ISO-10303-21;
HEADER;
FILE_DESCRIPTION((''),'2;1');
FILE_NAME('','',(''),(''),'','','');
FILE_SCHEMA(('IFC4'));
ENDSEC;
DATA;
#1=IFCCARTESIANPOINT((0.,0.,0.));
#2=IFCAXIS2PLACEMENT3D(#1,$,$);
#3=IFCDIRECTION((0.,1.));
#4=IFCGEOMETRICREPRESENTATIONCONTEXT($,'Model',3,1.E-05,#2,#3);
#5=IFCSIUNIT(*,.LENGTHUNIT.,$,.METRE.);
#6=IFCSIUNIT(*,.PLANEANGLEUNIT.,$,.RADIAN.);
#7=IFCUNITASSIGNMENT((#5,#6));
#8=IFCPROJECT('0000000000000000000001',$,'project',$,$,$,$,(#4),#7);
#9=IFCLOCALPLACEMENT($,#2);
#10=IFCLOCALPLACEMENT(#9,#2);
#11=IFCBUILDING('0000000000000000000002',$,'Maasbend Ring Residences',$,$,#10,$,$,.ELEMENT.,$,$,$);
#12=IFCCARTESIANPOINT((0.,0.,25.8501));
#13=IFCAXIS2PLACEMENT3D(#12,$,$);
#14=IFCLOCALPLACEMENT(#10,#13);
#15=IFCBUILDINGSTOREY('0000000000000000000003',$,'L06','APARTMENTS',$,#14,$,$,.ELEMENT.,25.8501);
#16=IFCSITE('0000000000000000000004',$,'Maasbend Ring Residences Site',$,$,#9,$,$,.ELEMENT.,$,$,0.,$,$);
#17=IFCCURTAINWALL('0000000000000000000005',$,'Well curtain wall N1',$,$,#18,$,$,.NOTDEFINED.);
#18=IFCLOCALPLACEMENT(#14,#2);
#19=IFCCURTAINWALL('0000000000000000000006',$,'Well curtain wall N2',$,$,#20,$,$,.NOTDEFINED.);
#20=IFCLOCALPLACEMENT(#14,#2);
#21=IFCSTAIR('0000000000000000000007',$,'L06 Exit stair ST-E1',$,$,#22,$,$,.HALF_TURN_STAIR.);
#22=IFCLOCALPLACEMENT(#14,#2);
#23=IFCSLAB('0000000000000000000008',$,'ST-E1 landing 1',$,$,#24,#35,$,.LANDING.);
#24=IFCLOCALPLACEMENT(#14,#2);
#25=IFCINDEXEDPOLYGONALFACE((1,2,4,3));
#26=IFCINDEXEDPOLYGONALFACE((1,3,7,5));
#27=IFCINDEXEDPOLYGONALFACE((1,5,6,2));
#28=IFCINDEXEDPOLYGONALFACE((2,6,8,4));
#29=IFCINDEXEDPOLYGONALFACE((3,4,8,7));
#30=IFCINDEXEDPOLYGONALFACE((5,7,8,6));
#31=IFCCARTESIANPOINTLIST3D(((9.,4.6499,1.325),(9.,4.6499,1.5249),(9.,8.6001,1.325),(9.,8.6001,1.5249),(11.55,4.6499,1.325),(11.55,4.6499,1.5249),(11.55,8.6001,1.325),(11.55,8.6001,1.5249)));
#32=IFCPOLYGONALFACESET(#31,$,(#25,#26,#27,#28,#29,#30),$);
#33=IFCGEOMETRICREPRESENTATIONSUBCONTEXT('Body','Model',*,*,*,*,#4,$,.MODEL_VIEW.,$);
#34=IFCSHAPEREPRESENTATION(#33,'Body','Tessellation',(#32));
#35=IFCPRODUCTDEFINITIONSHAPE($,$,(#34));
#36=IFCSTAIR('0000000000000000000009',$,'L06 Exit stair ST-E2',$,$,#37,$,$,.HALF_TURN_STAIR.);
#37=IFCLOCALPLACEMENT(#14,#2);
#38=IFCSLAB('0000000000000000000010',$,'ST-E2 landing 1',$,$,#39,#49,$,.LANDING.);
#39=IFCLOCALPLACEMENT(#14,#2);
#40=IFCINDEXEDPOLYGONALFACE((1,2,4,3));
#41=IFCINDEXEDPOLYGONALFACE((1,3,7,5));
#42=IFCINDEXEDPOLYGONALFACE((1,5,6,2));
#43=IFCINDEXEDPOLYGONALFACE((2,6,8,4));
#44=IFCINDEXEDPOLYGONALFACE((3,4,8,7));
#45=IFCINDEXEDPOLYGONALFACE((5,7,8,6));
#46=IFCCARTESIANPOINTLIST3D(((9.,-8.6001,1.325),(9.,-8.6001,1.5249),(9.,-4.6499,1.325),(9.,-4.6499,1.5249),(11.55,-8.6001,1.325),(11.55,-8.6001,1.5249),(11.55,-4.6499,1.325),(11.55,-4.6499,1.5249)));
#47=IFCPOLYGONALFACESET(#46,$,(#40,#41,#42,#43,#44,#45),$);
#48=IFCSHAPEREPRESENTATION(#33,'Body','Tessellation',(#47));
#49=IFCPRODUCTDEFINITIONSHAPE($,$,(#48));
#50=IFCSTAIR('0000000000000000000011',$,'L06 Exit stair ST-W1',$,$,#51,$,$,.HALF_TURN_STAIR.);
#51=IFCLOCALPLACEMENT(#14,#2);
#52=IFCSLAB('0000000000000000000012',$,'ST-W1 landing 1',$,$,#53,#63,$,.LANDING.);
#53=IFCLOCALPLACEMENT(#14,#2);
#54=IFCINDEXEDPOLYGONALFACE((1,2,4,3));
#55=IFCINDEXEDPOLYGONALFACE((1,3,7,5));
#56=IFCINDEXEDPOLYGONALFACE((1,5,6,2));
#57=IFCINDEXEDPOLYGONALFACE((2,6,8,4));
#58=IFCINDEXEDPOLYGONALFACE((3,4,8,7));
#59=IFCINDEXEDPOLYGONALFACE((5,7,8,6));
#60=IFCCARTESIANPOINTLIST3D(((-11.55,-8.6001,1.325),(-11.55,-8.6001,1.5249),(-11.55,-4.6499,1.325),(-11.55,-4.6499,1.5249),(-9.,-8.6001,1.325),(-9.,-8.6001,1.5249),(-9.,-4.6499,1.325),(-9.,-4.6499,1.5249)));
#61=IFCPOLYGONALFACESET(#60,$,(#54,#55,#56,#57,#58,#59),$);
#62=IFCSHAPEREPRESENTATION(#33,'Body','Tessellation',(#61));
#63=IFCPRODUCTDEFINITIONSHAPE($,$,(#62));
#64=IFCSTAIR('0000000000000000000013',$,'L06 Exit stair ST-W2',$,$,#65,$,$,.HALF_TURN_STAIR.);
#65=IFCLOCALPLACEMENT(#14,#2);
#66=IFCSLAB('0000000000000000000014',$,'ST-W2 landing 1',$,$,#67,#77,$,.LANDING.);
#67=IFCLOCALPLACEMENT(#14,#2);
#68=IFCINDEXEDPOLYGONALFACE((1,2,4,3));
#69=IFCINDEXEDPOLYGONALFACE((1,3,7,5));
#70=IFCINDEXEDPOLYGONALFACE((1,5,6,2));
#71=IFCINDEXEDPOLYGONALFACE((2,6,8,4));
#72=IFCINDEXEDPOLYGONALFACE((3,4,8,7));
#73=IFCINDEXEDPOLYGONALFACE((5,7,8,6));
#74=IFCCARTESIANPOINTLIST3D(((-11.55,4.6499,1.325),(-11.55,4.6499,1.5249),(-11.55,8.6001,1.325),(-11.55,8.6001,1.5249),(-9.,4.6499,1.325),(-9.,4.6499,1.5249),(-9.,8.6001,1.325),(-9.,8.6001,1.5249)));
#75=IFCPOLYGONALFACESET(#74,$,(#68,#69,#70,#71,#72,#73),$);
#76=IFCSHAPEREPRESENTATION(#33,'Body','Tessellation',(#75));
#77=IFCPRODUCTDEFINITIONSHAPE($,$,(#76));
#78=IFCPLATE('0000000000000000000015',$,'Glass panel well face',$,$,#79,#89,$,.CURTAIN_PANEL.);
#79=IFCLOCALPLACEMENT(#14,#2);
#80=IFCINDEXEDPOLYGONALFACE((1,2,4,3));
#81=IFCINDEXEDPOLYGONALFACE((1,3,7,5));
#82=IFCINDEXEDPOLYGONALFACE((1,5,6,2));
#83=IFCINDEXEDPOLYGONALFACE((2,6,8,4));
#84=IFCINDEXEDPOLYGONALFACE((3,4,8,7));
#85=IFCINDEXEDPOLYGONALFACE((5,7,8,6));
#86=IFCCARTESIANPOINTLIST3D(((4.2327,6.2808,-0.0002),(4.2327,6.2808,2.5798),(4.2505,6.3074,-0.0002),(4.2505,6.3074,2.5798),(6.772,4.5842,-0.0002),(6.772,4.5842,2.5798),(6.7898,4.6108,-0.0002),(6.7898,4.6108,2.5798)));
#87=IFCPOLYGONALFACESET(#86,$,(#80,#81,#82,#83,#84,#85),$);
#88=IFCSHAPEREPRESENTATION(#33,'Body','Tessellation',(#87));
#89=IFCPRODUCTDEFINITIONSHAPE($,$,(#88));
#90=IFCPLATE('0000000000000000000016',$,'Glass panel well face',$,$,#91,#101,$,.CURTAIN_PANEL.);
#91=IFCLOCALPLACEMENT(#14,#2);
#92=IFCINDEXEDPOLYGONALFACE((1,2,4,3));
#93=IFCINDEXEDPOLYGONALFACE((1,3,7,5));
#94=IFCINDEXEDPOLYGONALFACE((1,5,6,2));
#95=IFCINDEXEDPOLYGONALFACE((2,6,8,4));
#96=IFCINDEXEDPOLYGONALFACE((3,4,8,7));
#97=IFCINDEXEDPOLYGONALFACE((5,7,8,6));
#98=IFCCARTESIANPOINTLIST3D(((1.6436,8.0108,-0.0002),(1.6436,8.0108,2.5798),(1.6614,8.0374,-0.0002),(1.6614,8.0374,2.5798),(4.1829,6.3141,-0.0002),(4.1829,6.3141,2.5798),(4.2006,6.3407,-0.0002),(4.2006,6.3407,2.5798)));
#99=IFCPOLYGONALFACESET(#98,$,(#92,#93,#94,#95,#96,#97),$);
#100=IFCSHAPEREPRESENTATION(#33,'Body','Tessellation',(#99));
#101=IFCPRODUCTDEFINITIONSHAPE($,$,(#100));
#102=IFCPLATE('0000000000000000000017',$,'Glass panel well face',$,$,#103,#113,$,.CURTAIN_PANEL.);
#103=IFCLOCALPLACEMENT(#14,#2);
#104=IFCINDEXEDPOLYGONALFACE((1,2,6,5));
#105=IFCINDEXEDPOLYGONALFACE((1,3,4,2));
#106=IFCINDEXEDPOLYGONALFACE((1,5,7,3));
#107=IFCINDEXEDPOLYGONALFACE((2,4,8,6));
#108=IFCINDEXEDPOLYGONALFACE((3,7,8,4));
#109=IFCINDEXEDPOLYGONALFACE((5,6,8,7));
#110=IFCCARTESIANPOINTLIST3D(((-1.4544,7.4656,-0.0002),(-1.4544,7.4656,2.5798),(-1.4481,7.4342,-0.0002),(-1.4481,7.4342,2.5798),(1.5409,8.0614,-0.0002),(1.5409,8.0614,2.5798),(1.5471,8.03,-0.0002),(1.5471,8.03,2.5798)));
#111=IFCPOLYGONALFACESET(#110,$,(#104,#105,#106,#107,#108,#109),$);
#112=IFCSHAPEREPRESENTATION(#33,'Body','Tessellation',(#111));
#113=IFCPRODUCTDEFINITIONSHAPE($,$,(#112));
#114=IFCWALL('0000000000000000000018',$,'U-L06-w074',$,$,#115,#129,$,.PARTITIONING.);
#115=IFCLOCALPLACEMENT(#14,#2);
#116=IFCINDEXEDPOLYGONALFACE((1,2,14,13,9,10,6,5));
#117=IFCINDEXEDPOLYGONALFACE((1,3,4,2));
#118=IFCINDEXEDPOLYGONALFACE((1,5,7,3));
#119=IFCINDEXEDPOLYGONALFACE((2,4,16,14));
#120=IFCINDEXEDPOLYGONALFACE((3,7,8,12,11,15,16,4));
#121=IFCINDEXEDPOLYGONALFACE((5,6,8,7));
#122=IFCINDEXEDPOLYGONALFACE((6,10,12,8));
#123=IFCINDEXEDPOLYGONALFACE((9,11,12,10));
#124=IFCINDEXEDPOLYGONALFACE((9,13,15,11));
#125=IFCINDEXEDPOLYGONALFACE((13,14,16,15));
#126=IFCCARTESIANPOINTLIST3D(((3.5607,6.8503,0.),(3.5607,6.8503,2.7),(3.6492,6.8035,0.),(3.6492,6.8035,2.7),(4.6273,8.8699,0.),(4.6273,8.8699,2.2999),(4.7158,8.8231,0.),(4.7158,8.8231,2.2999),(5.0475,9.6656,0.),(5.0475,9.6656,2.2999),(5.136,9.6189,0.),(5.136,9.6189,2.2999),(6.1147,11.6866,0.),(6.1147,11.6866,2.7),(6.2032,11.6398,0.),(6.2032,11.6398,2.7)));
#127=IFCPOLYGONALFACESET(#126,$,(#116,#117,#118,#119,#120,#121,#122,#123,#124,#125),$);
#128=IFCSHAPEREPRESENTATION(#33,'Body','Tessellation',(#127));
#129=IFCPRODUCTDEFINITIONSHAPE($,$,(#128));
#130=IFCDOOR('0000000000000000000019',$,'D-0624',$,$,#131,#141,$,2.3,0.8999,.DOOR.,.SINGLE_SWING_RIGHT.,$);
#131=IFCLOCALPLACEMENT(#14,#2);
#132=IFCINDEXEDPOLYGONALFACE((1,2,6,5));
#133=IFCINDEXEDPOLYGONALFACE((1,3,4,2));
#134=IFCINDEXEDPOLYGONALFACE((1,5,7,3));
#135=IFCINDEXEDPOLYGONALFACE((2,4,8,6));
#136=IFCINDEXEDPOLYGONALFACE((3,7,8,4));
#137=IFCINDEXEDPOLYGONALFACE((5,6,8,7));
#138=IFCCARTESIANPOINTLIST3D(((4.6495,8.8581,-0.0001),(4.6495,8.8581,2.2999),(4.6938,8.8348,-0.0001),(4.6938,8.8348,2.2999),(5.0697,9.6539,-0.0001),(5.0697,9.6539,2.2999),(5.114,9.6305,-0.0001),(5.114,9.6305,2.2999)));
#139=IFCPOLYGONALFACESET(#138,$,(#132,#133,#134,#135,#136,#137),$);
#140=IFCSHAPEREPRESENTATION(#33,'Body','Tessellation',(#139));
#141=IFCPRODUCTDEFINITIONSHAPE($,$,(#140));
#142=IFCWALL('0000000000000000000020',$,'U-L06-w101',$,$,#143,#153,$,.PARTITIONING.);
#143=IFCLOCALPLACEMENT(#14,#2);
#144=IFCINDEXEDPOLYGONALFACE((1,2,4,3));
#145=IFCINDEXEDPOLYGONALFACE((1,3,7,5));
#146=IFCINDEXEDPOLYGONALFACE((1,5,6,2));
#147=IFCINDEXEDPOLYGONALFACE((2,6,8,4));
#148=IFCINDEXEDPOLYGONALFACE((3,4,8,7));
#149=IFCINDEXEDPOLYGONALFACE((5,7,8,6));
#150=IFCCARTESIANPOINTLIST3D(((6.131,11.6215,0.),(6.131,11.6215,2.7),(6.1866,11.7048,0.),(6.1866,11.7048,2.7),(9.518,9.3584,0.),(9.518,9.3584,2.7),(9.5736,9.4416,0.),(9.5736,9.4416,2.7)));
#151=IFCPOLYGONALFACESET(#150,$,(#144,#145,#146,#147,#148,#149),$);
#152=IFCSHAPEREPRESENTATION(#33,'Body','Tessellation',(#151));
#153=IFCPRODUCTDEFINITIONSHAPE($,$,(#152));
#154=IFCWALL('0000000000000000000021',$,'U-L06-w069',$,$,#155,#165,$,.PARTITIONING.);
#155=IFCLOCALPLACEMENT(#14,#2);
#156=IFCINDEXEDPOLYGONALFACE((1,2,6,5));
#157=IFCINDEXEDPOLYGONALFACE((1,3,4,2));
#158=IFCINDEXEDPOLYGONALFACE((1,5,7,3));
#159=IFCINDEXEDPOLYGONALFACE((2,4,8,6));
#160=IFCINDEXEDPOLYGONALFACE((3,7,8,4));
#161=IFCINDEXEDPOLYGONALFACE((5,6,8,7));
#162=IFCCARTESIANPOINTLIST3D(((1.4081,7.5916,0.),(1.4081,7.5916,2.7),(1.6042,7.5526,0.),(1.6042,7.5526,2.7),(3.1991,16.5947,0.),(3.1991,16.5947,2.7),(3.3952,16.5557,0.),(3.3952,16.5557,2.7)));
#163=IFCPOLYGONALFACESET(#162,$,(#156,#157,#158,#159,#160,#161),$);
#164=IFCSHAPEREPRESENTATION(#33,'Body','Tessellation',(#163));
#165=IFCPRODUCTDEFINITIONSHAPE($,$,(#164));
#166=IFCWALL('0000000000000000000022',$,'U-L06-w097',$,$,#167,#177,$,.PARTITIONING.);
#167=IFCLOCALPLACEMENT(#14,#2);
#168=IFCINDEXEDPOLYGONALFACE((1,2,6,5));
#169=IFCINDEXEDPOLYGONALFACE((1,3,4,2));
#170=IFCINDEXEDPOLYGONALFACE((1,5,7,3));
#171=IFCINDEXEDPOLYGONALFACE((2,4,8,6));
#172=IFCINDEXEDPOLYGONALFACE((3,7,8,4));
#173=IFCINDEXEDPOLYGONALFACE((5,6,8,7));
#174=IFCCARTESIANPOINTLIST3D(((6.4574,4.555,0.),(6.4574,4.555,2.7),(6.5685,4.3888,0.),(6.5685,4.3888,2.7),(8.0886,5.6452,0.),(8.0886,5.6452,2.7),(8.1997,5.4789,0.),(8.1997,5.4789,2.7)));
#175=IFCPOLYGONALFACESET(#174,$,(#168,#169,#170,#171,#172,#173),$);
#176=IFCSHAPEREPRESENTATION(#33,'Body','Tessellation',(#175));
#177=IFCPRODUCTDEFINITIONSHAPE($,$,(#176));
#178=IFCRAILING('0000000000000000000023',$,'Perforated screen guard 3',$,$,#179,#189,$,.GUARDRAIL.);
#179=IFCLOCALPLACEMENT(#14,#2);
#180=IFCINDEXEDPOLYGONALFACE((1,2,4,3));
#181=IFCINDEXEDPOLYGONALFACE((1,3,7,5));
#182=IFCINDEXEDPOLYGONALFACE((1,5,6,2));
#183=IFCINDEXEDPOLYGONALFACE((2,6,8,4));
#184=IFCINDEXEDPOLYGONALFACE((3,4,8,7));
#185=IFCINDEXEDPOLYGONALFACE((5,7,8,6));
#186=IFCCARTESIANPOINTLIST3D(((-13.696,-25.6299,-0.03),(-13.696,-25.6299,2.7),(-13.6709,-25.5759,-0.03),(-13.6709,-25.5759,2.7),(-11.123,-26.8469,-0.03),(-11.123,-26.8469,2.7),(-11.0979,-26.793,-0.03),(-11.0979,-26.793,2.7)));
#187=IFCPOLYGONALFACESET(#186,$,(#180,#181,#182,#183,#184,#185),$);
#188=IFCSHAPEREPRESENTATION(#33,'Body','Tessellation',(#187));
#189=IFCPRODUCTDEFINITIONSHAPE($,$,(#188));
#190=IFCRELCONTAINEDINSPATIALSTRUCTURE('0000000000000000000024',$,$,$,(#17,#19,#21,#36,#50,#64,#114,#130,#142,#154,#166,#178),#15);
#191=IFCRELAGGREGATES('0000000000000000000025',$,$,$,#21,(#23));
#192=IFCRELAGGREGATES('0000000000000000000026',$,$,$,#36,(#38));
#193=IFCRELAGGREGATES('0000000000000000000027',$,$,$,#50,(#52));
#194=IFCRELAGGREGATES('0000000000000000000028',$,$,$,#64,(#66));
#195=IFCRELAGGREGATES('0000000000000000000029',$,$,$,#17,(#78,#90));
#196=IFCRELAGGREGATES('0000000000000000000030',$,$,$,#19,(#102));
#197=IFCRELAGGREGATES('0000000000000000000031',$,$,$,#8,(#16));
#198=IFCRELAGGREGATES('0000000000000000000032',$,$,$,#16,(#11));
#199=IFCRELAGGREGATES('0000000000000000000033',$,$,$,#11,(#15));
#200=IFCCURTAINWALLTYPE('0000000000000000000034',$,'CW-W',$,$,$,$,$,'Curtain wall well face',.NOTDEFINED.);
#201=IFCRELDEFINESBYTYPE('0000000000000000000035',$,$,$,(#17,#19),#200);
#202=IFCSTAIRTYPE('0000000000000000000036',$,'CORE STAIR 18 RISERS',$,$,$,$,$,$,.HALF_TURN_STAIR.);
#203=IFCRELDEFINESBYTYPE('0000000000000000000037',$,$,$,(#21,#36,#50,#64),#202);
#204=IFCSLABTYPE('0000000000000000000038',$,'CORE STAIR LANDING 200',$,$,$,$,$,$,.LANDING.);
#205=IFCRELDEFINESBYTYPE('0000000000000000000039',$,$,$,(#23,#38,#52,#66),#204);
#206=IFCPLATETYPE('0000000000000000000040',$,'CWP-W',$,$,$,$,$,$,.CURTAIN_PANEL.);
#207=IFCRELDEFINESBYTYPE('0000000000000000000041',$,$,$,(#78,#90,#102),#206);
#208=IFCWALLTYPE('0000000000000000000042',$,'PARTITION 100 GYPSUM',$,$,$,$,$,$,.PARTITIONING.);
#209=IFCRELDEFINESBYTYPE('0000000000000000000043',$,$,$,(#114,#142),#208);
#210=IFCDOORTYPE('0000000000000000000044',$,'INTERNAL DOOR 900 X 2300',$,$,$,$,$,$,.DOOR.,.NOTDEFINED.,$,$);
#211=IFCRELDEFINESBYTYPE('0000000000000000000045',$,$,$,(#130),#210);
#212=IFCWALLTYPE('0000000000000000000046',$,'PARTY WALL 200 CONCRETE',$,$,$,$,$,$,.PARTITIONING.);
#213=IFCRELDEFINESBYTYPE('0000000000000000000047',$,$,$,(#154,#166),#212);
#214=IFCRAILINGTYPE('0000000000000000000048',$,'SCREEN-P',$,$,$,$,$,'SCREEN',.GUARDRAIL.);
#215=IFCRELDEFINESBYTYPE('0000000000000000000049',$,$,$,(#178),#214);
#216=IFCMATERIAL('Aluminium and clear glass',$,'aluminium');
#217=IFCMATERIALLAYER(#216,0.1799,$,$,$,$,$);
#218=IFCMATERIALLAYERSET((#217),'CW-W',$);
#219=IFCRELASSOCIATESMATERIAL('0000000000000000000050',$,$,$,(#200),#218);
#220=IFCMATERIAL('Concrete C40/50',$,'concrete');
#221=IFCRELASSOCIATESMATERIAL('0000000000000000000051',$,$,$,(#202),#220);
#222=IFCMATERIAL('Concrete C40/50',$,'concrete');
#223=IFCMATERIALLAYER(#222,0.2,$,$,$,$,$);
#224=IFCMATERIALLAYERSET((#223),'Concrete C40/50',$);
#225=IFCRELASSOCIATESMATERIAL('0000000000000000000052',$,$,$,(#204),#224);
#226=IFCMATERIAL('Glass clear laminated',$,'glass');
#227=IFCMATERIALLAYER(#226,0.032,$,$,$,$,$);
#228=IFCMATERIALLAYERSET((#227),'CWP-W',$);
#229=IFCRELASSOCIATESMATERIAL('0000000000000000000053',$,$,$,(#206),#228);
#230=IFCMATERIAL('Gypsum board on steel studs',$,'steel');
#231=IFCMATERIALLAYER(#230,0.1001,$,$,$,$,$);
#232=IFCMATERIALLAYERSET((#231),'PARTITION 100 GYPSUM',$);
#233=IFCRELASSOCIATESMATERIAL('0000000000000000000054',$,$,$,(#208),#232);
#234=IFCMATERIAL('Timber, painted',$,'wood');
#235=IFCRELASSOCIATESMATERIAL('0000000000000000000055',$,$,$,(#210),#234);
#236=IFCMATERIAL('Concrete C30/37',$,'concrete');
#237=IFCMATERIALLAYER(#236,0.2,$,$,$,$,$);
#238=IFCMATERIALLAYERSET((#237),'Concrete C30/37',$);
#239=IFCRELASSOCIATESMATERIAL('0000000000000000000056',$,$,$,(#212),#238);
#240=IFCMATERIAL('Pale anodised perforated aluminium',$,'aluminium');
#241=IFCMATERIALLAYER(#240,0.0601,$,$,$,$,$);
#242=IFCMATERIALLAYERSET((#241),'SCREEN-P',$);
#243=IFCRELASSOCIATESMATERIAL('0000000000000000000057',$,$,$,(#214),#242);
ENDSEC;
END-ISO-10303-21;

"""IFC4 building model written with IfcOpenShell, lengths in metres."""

from ifc_helpers import new_model, si_unit, direction, frame, frame_2d, origin, origin_2d, place, context, subcontext, project, spatial, polyline, rectangle, outline, extrude, material, layer, layer_set, type_object, element, fill, aggregate, save


model = new_model("IFC4")

# Units and contexts
model_context = context("Model", 3, precision=1e-05, world=origin(), true_north=direction((0.0, 1.0)))
body_context = subcontext(model_context, "Body", "Model", "MODEL_VIEW")
ifc_project = project(units=[si_unit("LENGTHUNIT", "METRE"), si_unit("PLANEANGLEUNIT", "RADIAN")], contexts=[model_context])

# Site, building, storey
site_placement = place(None, origin())
site = spatial("IfcSite", under=ifc_project, at=site_placement, Name="Maasbend Ring Residences Site", CompositionType="ELEMENT", RefElevation=0.0)
building_placement = place(site_placement, origin())
building = spatial("IfcBuilding", under=site, at=building_placement, Name="Maasbend Ring Residences", CompositionType="ELEMENT")
storey_placement = place(building_placement, frame((0.0, 0.0, 25.8501)))
storey = spatial("IfcBuildingStorey", under=building, at=storey_placement, Name="L06", Description="APARTMENTS", CompositionType="ELEMENT", Elevation=25.8501)

# Curtain wall
ifc_material_1 = material(Name="Aluminium and clear glass", Category="aluminium")
ifc_layer_1 = layer(ifc_material_1, 0.1799)
ifc_layer_set_1 = layer_set([ifc_layer_1], Name="CW-W")
curtain_wall_type = type_object("IfcCurtainWallType", Name="CW-W", ElementType="Curtain wall well face", PredefinedType="NOTDEFINED", material=ifc_layer_set_1)
curtain_wall_1_placement = place(storey_placement, origin())
curtain_wall_1 = element("IfcCurtainWall", 1, at=curtain_wall_1_placement, inside=storey, type_object=curtain_wall_type, Name="Well curtain wall N1", PredefinedType="NOTDEFINED")

# Curtain wall
curtain_wall_2_placement = place(storey_placement, origin())
curtain_wall_2 = element("IfcCurtainWall", 2, at=curtain_wall_2_placement, inside=storey, type_object=curtain_wall_type, Name="Well curtain wall N2", PredefinedType="NOTDEFINED")

# Stairs, slabs
ifc_material_2 = material(Name="Concrete C40/50", Category="concrete")
stair_type = type_object("IfcStairType", Name="CORE STAIR 18 RISERS", PredefinedType="HALF_TURN_STAIR", material=ifc_material_2)
stair_1_placement = place(storey_placement, origin())
stair_1 = element("IfcStair", 3, at=stair_1_placement, inside=storey, type_object=stair_type, Name="L06 Exit stair ST-E1", PredefinedType="HALF_TURN_STAIR")
ifc_material_3 = material(Name="Concrete C40/50", Category="concrete")
ifc_layer_2 = layer(ifc_material_3, 0.2)
ifc_layer_set_2 = layer_set([ifc_layer_2], Name="Concrete C40/50")
slab_type = type_object("IfcSlabType", Name="CORE STAIR LANDING 200", PredefinedType="LANDING", material=ifc_layer_set_2)
slab_1_placement = place(storey_placement, frame((0.0, 0.0, 1.325)))
slab_1 = element("IfcSlab", 4, at=slab_1_placement, type_object=slab_type, Name="ST-E1 landing 1", PredefinedType="LANDING", context=body_context, shape_type="SweptSolid", body=[
    extrude(outline(polyline([(11.55, 8.6001), (9.0, 8.6001), (9.0, 4.6499), (11.55, 4.6499), (11.55, 8.6001)])), origin(), (0.0, 0.0, 1.0), 0.2),
])
aggregate(stair_1, [slab_1])
stair_2_placement = place(storey_placement, origin())
stair_2 = element("IfcStair", 5, at=stair_2_placement, inside=storey, type_object=stair_type, Name="L06 Exit stair ST-E2", PredefinedType="HALF_TURN_STAIR")
slab_2_placement = place(storey_placement, frame((0.0, 0.0, 1.325)))
slab_2 = element("IfcSlab", 6, at=slab_2_placement, type_object=slab_type, Name="ST-E2 landing 1", PredefinedType="LANDING", context=body_context, shape_type="SweptSolid", body=[
    extrude(outline(polyline([(11.55, -4.6499), (9.0, -4.6499), (9.0, -8.6001), (11.55, -8.6001), (11.55, -4.6499)])), origin(), (0.0, 0.0, 1.0), 0.2),
])
aggregate(stair_2, [slab_2])
stair_3_placement = place(storey_placement, origin())
stair_3 = element("IfcStair", 7, at=stair_3_placement, inside=storey, type_object=stair_type, Name="L06 Exit stair ST-W1", PredefinedType="HALF_TURN_STAIR")
slab_3_placement = place(storey_placement, frame((0.0, 0.0, 1.325)))
slab_3 = element("IfcSlab", 8, at=slab_3_placement, type_object=slab_type, Name="ST-W1 landing 1", PredefinedType="LANDING", context=body_context, shape_type="SweptSolid", body=[
    extrude(outline(polyline([(-11.55, -8.6001), (-9.0, -8.6001), (-9.0, -4.6499), (-11.55, -4.6499), (-11.55, -8.6001)])), origin(), (0.0, 0.0, 1.0), 0.2),
])
aggregate(stair_3, [slab_3])
stair_4_placement = place(storey_placement, origin())
stair_4 = element("IfcStair", 9, at=stair_4_placement, inside=storey, type_object=stair_type, Name="L06 Exit stair ST-W2", PredefinedType="HALF_TURN_STAIR")
slab_4_placement = place(storey_placement, frame((0.0, 0.0, 1.325)))
slab_4 = element("IfcSlab", 10, at=slab_4_placement, type_object=slab_type, Name="ST-W2 landing 1", PredefinedType="LANDING", context=body_context, shape_type="SweptSolid", body=[
    extrude(outline(polyline([(-11.55, 4.6499), (-9.0, 4.6499), (-9.0, 8.6001), (-11.55, 8.6001), (-11.55, 4.6499)])), origin(), (0.0, 0.0, 1.0), 0.2),
])
aggregate(stair_4, [slab_4])

# Plates
ifc_material_4 = material(Name="Glass clear laminated", Category="glass")
ifc_layer_3 = layer(ifc_material_4, 0.032)
ifc_layer_set_3 = layer_set([ifc_layer_3], Name="CWP-W")
plate_type = type_object("IfcPlateType", Name="CWP-W", PredefinedType="CURTAIN_PANEL", material=ifc_layer_set_3)
plate_1_placement = place(storey_placement, frame((5.5112, 5.4458, -0.0002), z_axis=(0.0, 0.0, 1.0), x_axis=(-0.83147, 0.55557, 0.0)))
plate_1 = element("IfcPlate", 11, at=plate_1_placement, type_object=plate_type, Name="Glass panel well face", PredefinedType="CURTAIN_PANEL", context=body_context, shape_type="SweptSolid", body=[
    extrude(rectangle(XDim=3.054, YDim=0.032, at=origin_2d()), origin(), (0.0, 0.0, 1.0), 2.5801),
])
plate_2_placement = place(storey_placement, frame((2.9221, 7.1758, -0.0002), z_axis=(0.0, 0.0, 1.0), x_axis=(-0.83147, 0.55557, 0.0)))
plate_2 = element("IfcPlate", 12, at=plate_2_placement, type_object=plate_type, Name="Glass panel well face", PredefinedType="CURTAIN_PANEL", context=body_context, shape_type="SweptSolid", body=[
    extrude(rectangle(XDim=3.054, YDim=0.032, at=origin_2d()), origin(), (0.0, 0.0, 1.0), 2.5801),
])
aggregate(curtain_wall_1, [plate_1, plate_2])
plate_3_placement = place(storey_placement, frame((0.0464, 7.7478, -0.0002), z_axis=(0.0, 0.0, 1.0), x_axis=(-0.980785, -0.19509, 0.0)))
plate_3 = element("IfcPlate", 13, at=plate_3_placement, type_object=plate_type, Name="Glass panel well face", PredefinedType="CURTAIN_PANEL", context=body_context, shape_type="SweptSolid", body=[
    extrude(rectangle(XDim=3.054, YDim=0.032, at=origin_2d()), origin(), (0.0, 0.0, 1.0), 2.5801),
])
aggregate(curtain_wall_2, [plate_3])

# Wall, opening, door
ifc_material_5 = material(Name="Gypsum board on steel studs", Category="steel")
ifc_layer_4 = layer(ifc_material_5, 0.1001)
ifc_layer_set_4 = layer_set([ifc_layer_4], Name="PARTITION 100 GYPSUM")
wall_type_1 = type_object("IfcWallType", Name="PARTITION 100 GYPSUM", PredefinedType="PARTITIONING", material=ifc_layer_set_4)
wall_1_placement = place(storey_placement, frame((3.605, 6.8269, 0.0), z_axis=(0.0, 0.0, 1.0), x_axis=(0.466977, 0.88427, 0.0)))
wall_1 = element("IfcWall", 14, at=wall_1_placement, inside=storey, type_object=wall_type_1, Name="U-L06-w074", PredefinedType="PARTITIONING", context=body_context, shape_type="SweptSolid", body=[
    extrude(rectangle(XDim=5.4692, YDim=0.1001, at=frame_2d((2.7346, 0.0))), origin(), (0.0, 0.0, 1.0), 2.7),
])
opening_placement = place(wall_1_placement, frame((2.2839, 0.0, 0.0)))
opening = element("IfcOpeningElement", 15, at=opening_placement, cuts=wall_1, PredefinedType="OPENING", context=body_context, shape_type="SweptSolid", body=[
    extrude(rectangle(XDim=0.8999, YDim=2.3, at=frame_2d((0.45, 1.1499))), frame((0.0, 0.0601, 0.0), z_axis=(0.0, -1.0, 0.0), x_axis=(1.0, 0.0, 0.0)), (0.0, 0.0, 1.0), 0.1201),
])
ifc_material_6 = material(Name="Timber, painted", Category="wood")
door_type = type_object("IfcDoorType", Name="INTERNAL DOOR 900 X 2300", OperationType="NOTDEFINED", PredefinedType="DOOR", material=ifc_material_6)
door_placement = place(opening_placement, origin())
door = element("IfcDoor", 16, at=door_placement, inside=storey, type_object=door_type, Name="D-0624", OperationType="SINGLE_SWING_RIGHT", OverallHeight=2.3, OverallWidth=0.8999, PredefinedType="DOOR", context=body_context, shape_type="SweptSolid", body=[
    extrude(rectangle(XDim=0.8999, YDim=2.3, at=frame_2d((0.45, 1.1499))), frame((0.0, 0.0249, 0.0), z_axis=(0.0, -1.0, 0.0), x_axis=(1.0, 0.0, 0.0)), (0.0, 0.0, 1.0), 0.05),
])
fill(opening, door)

# Walls
wall_2_placement = place(storey_placement, frame((6.1589, 11.6631, 0.0), z_axis=(0.0, 0.0, 1.0), x_axis=(0.83146, -0.555585, 0.0)))
element("IfcWall", 17, at=wall_2_placement, inside=storey, type_object=wall_type_1, Name="U-L06-w101", PredefinedType="PARTITIONING", context=body_context, shape_type="SweptSolid", body=[
    extrude(rectangle(XDim=4.0735, YDim=0.1001, at=frame_2d((2.0366, 0.0))), origin(), (0.0, 0.0, 1.0), 2.7),
])
ifc_material_7 = material(Name="Concrete C30/37", Category="concrete")
ifc_layer_5 = layer(ifc_material_7, 0.2)
ifc_layer_set_5 = layer_set([ifc_layer_5], Name="Concrete C30/37")
wall_type_2 = type_object("IfcWallType", Name="PARTY WALL 200 CONCRETE", PredefinedType="PARTITIONING", material=ifc_layer_set_5)
wall_3_placement = place(storey_placement, frame((1.5061, 7.572, 0.0), z_axis=(0.0, 0.0, 1.0), x_axis=(0.195114, 0.980781, 0.0)))
element("IfcWall", 18, at=wall_3_placement, inside=storey, type_object=wall_type_2, Name="U-L06-w069", PredefinedType="PARTITIONING", context=body_context, shape_type="SweptSolid", body=[
    extrude(rectangle(XDim=9.1794, YDim=0.2, at=frame_2d((4.5898, 0.0))), origin(), (0.0, 0.0, 1.0), 2.7),
])
wall_4_placement = place(storey_placement, frame((6.5129, 4.4719, 0.0), z_axis=(0.0, 0.0, 1.0), x_axis=(0.831418, 0.555648, 0.0)))
element("IfcWall", 19, at=wall_4_placement, inside=storey, type_object=wall_type_2, Name="U-L06-w097", PredefinedType="PARTITIONING", context=body_context, shape_type="SweptSolid", body=[
    extrude(rectangle(XDim=1.9619, YDim=0.2, at=frame_2d((0.981, 0.0))), origin(), (0.0, 0.0, 1.0), 2.7),
])

# Railing
ifc_material_8 = material(Name="Pale anodised perforated aluminium", Category="aluminium")
ifc_layer_6 = layer(ifc_material_8, 0.0601)
ifc_layer_set_6 = layer_set([ifc_layer_6], Name="SCREEN-P")
railing_type = type_object("IfcRailingType", Name="SCREEN-P", ElementType="SCREEN", PredefinedType="GUARDRAIL", material=ifc_layer_set_6)
railing_1_placement = place(storey_placement, frame((0.0, 0.0, -0.03)))
element("IfcRailing", 20, at=railing_1_placement, inside=storey, type_object=railing_type, Name="Perforated screen guard 3", PredefinedType="GUARDRAIL", context=body_context, shape_type="SweptSolid", body=[
    extrude(outline(polyline([(-13.6709, -25.5759), (-11.0979, -26.793), (-11.123, -26.8469), (-13.696, -25.6299), (-13.6709, -25.5759)])), origin(), (0.0, 0.0, 1.0), 2.73),
])

save(model, "model.ifc")
